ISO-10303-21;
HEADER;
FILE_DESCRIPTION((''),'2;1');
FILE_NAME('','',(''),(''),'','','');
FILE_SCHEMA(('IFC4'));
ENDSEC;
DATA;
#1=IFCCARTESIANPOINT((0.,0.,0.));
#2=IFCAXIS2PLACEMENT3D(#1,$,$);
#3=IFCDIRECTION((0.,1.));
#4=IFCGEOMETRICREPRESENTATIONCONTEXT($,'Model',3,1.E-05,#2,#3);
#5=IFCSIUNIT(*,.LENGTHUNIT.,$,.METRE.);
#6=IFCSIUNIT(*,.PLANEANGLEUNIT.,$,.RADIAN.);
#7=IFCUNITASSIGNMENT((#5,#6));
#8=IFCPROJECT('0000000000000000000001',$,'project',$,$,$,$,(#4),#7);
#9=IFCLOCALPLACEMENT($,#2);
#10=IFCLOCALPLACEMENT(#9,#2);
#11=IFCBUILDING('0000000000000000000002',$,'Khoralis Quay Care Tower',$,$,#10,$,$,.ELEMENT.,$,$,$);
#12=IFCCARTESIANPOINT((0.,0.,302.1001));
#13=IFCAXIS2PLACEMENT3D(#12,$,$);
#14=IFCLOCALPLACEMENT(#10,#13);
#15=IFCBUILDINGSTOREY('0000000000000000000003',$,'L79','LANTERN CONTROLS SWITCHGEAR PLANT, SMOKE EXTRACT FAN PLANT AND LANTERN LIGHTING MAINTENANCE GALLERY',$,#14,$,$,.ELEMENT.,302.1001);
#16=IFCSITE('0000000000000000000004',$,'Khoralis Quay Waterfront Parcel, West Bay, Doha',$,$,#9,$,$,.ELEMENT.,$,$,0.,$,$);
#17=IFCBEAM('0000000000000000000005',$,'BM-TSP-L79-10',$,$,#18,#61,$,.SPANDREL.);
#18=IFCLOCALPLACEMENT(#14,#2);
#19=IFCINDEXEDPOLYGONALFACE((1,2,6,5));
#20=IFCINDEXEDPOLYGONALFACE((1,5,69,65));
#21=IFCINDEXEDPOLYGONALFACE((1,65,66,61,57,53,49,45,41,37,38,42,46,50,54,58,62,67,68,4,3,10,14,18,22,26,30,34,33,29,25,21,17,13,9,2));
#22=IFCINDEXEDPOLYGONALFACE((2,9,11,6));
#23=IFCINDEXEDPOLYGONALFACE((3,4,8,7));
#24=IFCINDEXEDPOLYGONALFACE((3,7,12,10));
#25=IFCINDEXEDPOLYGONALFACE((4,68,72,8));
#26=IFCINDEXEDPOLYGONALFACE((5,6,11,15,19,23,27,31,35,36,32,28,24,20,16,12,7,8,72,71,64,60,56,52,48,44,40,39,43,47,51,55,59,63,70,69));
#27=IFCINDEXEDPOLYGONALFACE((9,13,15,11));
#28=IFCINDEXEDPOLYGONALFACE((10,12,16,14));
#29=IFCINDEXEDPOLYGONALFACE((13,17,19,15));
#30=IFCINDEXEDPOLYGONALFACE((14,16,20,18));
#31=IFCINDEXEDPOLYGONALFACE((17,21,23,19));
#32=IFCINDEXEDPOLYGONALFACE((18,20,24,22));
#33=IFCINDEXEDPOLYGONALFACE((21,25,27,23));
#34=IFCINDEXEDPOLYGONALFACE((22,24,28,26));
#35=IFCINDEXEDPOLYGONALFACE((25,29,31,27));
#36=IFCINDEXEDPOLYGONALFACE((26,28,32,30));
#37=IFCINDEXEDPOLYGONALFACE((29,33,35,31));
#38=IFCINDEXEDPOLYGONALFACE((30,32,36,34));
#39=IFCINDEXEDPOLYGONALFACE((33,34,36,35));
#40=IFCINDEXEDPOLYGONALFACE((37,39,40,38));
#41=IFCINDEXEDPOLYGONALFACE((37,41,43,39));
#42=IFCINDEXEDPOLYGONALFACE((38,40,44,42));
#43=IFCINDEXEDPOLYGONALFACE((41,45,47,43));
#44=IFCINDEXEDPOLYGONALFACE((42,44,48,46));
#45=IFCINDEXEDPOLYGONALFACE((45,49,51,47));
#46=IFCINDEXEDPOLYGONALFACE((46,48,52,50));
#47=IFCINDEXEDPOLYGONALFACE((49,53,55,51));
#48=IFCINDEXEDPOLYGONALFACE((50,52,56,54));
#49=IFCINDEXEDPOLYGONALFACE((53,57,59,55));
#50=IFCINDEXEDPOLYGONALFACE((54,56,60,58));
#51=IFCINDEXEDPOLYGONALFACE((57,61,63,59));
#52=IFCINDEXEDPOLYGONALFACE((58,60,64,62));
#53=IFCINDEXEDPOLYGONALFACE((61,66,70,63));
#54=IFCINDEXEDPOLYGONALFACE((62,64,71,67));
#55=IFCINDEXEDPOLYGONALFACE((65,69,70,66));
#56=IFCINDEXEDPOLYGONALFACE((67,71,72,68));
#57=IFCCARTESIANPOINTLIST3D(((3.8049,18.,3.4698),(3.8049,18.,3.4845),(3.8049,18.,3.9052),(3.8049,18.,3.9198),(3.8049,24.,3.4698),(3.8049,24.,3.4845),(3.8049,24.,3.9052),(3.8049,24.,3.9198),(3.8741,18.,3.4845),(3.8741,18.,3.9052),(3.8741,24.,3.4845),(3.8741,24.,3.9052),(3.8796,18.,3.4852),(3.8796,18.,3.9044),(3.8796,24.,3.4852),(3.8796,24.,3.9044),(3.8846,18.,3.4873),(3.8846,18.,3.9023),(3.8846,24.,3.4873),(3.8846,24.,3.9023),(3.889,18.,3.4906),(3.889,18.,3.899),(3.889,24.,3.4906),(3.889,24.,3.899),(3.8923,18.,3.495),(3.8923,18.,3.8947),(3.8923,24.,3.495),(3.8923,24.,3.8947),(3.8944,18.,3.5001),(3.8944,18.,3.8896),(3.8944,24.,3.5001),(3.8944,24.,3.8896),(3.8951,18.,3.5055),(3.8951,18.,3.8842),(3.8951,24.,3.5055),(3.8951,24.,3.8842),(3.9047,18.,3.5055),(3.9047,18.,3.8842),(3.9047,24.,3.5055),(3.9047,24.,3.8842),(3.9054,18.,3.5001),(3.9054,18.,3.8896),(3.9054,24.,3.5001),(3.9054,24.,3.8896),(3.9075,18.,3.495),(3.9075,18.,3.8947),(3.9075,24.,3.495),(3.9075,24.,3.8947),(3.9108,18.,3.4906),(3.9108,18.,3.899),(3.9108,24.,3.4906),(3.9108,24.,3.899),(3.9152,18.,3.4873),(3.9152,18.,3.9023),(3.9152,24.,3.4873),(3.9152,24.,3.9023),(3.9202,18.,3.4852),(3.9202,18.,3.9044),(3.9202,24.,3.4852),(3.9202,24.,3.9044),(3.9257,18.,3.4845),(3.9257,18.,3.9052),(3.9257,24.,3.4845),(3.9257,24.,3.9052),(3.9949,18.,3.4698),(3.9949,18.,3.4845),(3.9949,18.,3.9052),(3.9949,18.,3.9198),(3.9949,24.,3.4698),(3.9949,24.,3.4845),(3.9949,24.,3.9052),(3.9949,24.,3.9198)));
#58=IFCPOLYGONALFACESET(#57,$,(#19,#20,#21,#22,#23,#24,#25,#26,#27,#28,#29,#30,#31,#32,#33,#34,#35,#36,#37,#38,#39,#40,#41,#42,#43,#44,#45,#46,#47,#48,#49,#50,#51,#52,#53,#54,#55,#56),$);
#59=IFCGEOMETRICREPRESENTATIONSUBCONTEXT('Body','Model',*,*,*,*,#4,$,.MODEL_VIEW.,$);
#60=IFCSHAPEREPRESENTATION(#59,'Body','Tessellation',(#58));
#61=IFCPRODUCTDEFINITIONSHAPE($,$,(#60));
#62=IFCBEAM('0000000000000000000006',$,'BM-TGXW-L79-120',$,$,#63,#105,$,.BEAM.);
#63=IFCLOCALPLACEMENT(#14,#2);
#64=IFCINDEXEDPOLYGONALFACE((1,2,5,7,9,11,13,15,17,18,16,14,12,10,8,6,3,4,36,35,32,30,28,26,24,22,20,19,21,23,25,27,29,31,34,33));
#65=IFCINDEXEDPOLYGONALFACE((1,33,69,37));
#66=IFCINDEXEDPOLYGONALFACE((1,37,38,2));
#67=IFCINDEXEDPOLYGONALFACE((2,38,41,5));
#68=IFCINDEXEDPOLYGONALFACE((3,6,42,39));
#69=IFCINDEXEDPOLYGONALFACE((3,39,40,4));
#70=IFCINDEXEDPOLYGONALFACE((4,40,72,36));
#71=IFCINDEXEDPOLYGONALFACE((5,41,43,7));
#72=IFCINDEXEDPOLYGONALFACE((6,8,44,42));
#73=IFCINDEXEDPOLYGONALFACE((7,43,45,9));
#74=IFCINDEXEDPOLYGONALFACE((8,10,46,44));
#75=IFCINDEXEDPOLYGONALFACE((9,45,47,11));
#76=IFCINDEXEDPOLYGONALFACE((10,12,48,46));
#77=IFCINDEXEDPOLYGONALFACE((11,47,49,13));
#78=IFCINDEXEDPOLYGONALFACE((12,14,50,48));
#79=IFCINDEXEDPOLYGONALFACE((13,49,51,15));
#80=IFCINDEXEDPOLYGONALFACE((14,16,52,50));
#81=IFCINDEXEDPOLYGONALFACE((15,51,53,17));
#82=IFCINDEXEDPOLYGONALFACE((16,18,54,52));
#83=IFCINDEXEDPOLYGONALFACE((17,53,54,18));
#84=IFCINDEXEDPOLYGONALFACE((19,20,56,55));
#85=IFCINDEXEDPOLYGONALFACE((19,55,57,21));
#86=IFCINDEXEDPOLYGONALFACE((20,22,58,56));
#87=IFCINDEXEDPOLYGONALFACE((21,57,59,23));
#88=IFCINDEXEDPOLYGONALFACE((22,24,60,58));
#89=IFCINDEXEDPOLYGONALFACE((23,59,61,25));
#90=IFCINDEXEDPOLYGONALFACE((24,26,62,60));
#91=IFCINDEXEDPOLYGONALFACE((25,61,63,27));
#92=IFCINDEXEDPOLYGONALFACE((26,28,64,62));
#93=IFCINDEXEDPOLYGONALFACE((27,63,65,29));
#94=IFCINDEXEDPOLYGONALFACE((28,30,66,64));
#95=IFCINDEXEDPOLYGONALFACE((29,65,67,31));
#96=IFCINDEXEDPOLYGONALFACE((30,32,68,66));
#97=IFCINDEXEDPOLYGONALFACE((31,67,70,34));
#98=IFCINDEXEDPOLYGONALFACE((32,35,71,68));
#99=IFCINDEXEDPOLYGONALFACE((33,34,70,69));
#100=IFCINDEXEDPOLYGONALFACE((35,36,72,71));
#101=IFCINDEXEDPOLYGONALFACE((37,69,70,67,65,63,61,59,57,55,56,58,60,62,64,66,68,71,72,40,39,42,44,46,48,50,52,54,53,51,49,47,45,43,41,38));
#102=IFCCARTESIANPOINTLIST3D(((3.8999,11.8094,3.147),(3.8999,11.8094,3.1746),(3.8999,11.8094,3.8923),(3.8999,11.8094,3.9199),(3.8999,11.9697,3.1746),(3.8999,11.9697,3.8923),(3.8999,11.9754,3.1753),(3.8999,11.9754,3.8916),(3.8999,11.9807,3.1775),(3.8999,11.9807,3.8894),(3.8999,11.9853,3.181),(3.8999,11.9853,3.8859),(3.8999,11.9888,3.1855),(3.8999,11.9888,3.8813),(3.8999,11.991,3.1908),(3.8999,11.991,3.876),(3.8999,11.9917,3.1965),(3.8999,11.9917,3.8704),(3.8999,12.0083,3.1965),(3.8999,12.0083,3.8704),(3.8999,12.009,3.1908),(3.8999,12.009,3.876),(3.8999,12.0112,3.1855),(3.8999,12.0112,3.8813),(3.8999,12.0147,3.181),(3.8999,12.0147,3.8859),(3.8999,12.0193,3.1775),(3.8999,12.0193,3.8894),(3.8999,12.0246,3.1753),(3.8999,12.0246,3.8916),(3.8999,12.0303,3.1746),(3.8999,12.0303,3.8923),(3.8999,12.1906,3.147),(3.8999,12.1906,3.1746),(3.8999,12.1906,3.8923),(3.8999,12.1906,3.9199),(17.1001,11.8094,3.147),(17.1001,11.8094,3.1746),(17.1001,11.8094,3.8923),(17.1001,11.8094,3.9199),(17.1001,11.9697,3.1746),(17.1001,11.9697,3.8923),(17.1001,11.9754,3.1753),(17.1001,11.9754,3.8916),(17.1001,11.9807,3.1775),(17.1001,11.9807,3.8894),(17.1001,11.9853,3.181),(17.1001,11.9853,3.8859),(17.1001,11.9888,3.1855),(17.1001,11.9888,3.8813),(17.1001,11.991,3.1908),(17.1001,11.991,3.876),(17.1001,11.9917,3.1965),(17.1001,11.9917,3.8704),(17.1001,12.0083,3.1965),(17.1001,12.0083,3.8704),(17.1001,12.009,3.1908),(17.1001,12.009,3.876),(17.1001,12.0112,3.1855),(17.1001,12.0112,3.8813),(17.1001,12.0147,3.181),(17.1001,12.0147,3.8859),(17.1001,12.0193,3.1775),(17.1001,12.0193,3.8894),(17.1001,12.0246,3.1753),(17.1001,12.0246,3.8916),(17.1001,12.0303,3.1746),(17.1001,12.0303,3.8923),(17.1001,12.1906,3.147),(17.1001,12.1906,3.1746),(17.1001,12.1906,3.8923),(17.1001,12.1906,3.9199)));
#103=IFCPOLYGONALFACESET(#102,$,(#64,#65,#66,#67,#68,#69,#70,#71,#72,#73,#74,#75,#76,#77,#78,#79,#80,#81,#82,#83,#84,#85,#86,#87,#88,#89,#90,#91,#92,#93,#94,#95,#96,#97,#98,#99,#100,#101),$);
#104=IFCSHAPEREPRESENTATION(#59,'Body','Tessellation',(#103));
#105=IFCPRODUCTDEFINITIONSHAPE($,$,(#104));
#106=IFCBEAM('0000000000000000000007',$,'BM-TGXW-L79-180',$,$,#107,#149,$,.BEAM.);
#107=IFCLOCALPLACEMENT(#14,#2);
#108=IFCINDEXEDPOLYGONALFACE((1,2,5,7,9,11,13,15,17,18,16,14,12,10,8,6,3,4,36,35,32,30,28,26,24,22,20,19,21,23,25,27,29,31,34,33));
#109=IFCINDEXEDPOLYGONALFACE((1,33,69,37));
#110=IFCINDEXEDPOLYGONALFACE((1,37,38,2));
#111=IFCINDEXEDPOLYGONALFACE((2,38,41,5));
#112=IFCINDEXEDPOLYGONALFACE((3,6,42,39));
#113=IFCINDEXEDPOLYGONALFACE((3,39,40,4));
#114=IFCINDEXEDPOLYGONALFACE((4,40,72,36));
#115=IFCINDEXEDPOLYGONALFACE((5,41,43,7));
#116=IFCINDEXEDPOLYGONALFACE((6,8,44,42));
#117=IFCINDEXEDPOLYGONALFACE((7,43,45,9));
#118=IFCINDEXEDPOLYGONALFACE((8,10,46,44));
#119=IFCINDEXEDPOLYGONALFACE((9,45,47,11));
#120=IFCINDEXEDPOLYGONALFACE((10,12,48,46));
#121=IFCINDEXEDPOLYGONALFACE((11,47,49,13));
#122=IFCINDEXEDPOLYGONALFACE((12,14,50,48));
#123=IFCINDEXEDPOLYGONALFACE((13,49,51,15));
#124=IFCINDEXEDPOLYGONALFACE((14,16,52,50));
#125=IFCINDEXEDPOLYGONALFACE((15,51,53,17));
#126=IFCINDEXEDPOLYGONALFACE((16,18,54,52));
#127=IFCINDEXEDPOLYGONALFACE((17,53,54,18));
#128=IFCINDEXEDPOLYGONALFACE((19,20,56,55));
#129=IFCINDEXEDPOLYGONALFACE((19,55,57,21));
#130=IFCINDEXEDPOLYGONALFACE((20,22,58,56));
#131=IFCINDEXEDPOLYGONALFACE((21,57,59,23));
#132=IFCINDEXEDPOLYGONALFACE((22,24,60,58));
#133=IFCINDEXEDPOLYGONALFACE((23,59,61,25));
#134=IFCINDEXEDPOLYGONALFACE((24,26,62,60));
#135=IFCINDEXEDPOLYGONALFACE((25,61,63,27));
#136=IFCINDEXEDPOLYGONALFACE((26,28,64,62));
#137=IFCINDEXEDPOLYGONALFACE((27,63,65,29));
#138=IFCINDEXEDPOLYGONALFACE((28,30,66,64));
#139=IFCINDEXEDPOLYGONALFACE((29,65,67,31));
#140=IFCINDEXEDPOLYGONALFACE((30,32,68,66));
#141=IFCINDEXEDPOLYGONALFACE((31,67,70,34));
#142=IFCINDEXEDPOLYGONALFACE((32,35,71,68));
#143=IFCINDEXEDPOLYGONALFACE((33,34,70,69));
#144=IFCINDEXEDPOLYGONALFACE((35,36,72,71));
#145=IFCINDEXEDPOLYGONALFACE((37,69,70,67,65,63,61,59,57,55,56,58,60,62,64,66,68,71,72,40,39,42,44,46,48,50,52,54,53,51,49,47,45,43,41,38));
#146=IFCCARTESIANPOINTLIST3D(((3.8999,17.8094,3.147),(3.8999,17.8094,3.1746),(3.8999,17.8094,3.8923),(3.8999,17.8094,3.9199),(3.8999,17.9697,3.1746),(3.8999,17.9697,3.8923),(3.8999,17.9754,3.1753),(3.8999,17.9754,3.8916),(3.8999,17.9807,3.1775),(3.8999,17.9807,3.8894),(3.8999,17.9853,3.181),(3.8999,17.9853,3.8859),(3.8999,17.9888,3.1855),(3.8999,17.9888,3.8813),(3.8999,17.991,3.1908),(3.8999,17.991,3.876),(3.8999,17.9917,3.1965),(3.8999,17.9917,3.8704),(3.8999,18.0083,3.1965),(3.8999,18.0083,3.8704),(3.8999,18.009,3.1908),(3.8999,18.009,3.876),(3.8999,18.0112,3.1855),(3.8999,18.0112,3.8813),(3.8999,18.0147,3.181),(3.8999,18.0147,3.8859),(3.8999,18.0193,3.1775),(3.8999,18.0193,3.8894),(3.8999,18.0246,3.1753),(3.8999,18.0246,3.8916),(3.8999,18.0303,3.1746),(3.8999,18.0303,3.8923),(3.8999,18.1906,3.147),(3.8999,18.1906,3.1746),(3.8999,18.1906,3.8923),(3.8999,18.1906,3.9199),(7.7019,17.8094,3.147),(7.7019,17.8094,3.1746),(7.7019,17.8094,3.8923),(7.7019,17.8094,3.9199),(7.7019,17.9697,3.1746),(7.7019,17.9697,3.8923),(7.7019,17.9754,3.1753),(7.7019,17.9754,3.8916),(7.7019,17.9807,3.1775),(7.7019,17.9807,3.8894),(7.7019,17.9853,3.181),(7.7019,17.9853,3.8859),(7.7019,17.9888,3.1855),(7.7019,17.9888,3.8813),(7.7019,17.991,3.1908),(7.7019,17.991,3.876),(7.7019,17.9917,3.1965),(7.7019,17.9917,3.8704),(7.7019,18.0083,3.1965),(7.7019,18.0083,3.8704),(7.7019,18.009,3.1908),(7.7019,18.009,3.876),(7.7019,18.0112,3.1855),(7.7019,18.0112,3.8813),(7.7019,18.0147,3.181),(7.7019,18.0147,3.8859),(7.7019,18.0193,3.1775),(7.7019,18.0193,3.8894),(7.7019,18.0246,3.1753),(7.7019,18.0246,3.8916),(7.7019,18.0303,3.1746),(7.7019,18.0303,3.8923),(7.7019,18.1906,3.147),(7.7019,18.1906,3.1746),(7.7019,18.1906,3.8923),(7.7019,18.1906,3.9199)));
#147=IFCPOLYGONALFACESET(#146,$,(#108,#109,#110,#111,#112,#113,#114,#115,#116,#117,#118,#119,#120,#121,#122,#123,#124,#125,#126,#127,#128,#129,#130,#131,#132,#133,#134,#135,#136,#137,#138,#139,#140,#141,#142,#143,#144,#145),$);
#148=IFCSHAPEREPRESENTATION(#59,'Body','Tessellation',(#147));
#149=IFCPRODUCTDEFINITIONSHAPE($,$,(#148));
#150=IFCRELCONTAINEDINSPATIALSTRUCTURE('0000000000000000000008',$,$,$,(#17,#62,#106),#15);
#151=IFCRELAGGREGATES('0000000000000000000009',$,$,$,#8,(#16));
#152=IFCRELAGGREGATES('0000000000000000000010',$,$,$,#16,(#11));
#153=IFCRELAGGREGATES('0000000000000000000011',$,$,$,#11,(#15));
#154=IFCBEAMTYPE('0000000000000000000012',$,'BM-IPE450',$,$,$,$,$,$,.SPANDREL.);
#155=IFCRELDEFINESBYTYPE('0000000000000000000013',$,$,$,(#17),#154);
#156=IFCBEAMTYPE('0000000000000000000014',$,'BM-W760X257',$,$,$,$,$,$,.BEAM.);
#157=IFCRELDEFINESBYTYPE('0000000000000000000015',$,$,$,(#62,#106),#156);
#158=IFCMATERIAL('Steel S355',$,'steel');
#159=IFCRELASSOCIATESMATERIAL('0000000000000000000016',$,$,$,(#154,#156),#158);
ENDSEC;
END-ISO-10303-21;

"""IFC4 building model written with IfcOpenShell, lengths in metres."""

from ifc_helpers import new_model, si_unit, direction, frame, origin, origin_2d, place, context, subcontext, project, spatial, i_section, extrude, source, transform, mapped, material, material_profile, profile_set, type_object, element, save


model = new_model("IFC4")

# Units and contexts
model_context = context("Model", 3, precision=1e-05, world=origin(), true_north=direction((0.0, 1.0)))
body_context = subcontext(model_context, "Body", "Model", "MODEL_VIEW")
ifc_project = project(units=[si_unit("LENGTHUNIT", "METRE"), si_unit("PLANEANGLEUNIT", "RADIAN")], contexts=[model_context])

# Site, building, storey
site_placement = place(None, origin())
site = spatial("IfcSite", under=ifc_project, at=site_placement, Name="Khoralis Quay Waterfront Parcel, West Bay, Doha", CompositionType="ELEMENT", RefElevation=0.0)
building_placement = place(site_placement, origin())
building = spatial("IfcBuilding", under=site, at=building_placement, Name="Khoralis Quay Care Tower", CompositionType="ELEMENT")
storey_placement = place(building_placement, frame((0.0, 0.0, 302.1001)))
storey = spatial("IfcBuildingStorey", under=building, at=storey_placement, Name="L79", Description="LANTERN CONTROLS SWITCHGEAR PLANT, SMOKE EXTRACT FAN PLANT AND LANTERN LIGHTING MAINTENANCE GALLERY", CompositionType="ELEMENT", Elevation=302.1001)

# Beams
ifc_material_1 = material(Name="Steel S355", Category="steel")
ifc_material_profile_1 = material_profile(ifc_material_1, i_section(OverallWidth=0.1899, OverallDepth=0.45, WebThickness=0.0095, FlangeThickness=0.0146, FilletRadius=0.021, at=origin_2d()), Name="Steel S355")
ifc_profile_set_1 = profile_set([ifc_material_profile_1], Name="Steel S355")
beam_type_1 = type_object("IfcBeamType", Name="BM-IPE450", PredefinedType="SPANDREL", material=ifc_profile_set_1)
shared_shape_1 = source(origin(), body_context, "Body", "SweptSolid", [
    extrude(i_section(OverallWidth=0.1899, OverallDepth=0.45, WebThickness=0.0095, FlangeThickness=0.0146, FilletRadius=0.021, at=origin_2d()), origin(), (0.0, 0.0, 1.0), 6.0),
])
for number, where, z_axis, x_axis, name in (
    (1, (3.8999, 18.0, 3.6948), (0.0, 1.0, 0.0), (-1.0, 0.0, 0.0), "BM-TSP-L79-10"),
):
    element("IfcBeam", number, at=place(storey_placement, frame(where, z_axis=z_axis, x_axis=x_axis)), inside=storey, type_object=beam_type_1, Name=name, PredefinedType="SPANDREL", context=body_context, shape_type="MappedRepresentation", body=[
        mapped(shared_shape_1, transform((0.0, 0.0, 0.0), scale=1.0)),
    ])
ifc_material_profile_2 = material_profile(ifc_material_1, i_section(OverallWidth=0.3811, OverallDepth=0.7729, WebThickness=0.0166, FlangeThickness=0.0276, FilletRadius=0.022, at=origin_2d()), Name="Steel S355")
ifc_profile_set_2 = profile_set([ifc_material_profile_2], Name="Steel S355")
beam_type_2 = type_object("IfcBeamType", Name="BM-W760X257", PredefinedType="BEAM", material=ifc_profile_set_2)
shared_shape_2 = source(origin(), body_context, "Body", "SweptSolid", [
    extrude(i_section(OverallWidth=0.3811, OverallDepth=0.7729, WebThickness=0.0166, FlangeThickness=0.0276, FilletRadius=0.022, at=origin_2d()), origin(), (0.0, 0.0, 1.0), 13.2002),
])
beam_1_placement = place(storey_placement, frame((3.8999, 12.0, 3.5334), z_axis=(1.0, 0.0, 0.0), x_axis=(0.0, 1.0, 0.0)))
element("IfcBeam", 2, at=beam_1_placement, inside=storey, type_object=beam_type_2, Name="BM-TGXW-L79-120", PredefinedType="BEAM", context=body_context, shape_type="MappedRepresentation", body=[
    mapped(shared_shape_2, transform((0.0, 0.0, 0.0), scale=1.0)),
])
shared_shape_3 = source(origin(), body_context, "Body", "SweptSolid", [
    extrude(i_section(OverallWidth=0.3811, OverallDepth=0.7729, WebThickness=0.0166, FlangeThickness=0.0276, FilletRadius=0.022, at=origin_2d()), origin(), (0.0, 0.0, 1.0), 3.802),
])
beam_2_placement = place(storey_placement, frame((3.8999, 18.0, 3.5334), z_axis=(1.0, 0.0, 0.0), x_axis=(0.0, 1.0, 0.0)))
element("IfcBeam", 3, at=beam_2_placement, inside=storey, type_object=beam_type_2, Name="BM-TGXW-L79-180", PredefinedType="BEAM", context=body_context, shape_type="MappedRepresentation", body=[
    mapped(shared_shape_3, transform((0.0, 0.0, 0.0), scale=1.0)),
])

save(model, "model.ifc")
